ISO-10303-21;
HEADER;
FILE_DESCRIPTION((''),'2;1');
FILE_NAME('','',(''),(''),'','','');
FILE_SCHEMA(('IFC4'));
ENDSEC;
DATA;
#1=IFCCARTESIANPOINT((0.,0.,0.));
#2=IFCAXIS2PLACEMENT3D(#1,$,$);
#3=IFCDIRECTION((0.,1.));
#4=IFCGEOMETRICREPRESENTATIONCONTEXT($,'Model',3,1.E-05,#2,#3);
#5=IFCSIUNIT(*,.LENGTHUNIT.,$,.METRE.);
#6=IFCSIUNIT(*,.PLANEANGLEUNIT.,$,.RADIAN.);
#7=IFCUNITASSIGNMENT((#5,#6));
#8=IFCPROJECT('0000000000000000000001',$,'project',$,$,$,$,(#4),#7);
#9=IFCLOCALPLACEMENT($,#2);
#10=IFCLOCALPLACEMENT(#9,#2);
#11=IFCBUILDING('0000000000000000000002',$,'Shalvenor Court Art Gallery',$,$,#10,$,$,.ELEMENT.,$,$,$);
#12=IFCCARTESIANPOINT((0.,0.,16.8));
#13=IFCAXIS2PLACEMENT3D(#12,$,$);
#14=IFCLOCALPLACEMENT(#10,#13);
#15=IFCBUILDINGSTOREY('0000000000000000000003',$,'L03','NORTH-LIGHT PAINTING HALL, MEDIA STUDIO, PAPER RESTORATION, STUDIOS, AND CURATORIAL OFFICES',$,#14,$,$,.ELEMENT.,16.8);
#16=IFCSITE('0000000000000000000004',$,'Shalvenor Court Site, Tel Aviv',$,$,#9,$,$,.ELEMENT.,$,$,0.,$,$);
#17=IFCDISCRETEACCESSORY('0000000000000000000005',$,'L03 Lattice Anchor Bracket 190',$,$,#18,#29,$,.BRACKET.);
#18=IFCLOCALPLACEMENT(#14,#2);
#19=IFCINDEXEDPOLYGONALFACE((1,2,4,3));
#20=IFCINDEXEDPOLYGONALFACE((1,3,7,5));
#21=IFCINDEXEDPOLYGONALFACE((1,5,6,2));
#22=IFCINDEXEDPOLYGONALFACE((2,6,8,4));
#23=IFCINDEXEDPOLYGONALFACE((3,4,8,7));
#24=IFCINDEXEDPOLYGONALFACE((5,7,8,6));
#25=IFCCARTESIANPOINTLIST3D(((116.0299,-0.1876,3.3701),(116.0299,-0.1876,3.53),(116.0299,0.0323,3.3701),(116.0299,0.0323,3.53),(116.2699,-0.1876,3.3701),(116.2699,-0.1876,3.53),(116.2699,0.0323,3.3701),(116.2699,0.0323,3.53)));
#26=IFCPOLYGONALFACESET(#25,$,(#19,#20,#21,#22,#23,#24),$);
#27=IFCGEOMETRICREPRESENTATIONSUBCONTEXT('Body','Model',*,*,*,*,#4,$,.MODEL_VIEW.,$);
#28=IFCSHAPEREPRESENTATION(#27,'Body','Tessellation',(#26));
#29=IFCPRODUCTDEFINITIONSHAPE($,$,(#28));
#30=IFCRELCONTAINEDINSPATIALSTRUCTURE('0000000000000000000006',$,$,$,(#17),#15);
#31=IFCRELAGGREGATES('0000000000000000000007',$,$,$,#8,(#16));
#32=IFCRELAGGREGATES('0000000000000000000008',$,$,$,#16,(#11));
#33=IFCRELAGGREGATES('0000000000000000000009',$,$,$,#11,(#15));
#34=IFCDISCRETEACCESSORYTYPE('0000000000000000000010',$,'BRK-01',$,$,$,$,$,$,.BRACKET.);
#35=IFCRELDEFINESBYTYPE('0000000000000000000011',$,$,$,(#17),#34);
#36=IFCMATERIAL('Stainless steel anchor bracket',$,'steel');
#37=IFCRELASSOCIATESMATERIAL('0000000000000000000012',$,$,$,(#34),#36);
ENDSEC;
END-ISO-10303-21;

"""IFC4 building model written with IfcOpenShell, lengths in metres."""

from ifc_helpers import new_model, si_unit, direction, frame, origin, origin_2d, place, context, subcontext, project, spatial, rectangle, extrude, material, type_object, element, save


model = new_model("IFC4")

# Units and contexts
model_context = context("Model", 3, precision=1e-05, world=origin(), true_north=direction((0.0, 1.0)))
body_context = subcontext(model_context, "Body", "Model", "MODEL_VIEW")
ifc_project = project(units=[si_unit("LENGTHUNIT", "METRE"), si_unit("PLANEANGLEUNIT", "RADIAN")], contexts=[model_context])

# Site, building, storey
site_placement = place(None, origin())
site = spatial("IfcSite", under=ifc_project, at=site_placement, Name="Shalvenor Court Site, Tel Aviv", CompositionType="ELEMENT", RefElevation=0.0)
building_placement = place(site_placement, origin())
building = spatial("IfcBuilding", under=site, at=building_placement, Name="Shalvenor Court Art Gallery", CompositionType="ELEMENT")
storey_placement = place(building_placement, frame((0.0, 0.0, 16.8)))
storey = spatial("IfcBuildingStorey", under=building, at=storey_placement, Name="L03", Description="NORTH-LIGHT PAINTING HALL, MEDIA STUDIO, PAPER RESTORATION, STUDIOS, AND CURATORIAL OFFICES", CompositionType="ELEMENT", Elevation=16.8)

# Discrete accessory
ifc_material_1 = material(Name="Stainless steel anchor bracket", Category="steel")
discrete_accessory_type = type_object("IfcDiscreteAccessoryType", Name="BRK-01", PredefinedType="BRACKET", material=ifc_material_1)
discrete_accessory_placement = place(storey_placement, frame((116.1499, -0.0776, 3.3701), z_axis=(0.0, 0.0, 1.0), x_axis=(-1.0, 0.0, 0.0)))
element("IfcDiscreteAccessory", 1, at=discrete_accessory_placement, inside=storey, type_object=discrete_accessory_type, Name="L03 Lattice Anchor Bracket 190", PredefinedType="BRACKET", context=body_context, shape_type="SweptSolid", body=[
    extrude(rectangle(XDim=0.24, YDim=0.22, at=origin_2d()), origin(), (0.0, 0.0, 1.0), 0.1599),
])

save(model, "model.ifc")
